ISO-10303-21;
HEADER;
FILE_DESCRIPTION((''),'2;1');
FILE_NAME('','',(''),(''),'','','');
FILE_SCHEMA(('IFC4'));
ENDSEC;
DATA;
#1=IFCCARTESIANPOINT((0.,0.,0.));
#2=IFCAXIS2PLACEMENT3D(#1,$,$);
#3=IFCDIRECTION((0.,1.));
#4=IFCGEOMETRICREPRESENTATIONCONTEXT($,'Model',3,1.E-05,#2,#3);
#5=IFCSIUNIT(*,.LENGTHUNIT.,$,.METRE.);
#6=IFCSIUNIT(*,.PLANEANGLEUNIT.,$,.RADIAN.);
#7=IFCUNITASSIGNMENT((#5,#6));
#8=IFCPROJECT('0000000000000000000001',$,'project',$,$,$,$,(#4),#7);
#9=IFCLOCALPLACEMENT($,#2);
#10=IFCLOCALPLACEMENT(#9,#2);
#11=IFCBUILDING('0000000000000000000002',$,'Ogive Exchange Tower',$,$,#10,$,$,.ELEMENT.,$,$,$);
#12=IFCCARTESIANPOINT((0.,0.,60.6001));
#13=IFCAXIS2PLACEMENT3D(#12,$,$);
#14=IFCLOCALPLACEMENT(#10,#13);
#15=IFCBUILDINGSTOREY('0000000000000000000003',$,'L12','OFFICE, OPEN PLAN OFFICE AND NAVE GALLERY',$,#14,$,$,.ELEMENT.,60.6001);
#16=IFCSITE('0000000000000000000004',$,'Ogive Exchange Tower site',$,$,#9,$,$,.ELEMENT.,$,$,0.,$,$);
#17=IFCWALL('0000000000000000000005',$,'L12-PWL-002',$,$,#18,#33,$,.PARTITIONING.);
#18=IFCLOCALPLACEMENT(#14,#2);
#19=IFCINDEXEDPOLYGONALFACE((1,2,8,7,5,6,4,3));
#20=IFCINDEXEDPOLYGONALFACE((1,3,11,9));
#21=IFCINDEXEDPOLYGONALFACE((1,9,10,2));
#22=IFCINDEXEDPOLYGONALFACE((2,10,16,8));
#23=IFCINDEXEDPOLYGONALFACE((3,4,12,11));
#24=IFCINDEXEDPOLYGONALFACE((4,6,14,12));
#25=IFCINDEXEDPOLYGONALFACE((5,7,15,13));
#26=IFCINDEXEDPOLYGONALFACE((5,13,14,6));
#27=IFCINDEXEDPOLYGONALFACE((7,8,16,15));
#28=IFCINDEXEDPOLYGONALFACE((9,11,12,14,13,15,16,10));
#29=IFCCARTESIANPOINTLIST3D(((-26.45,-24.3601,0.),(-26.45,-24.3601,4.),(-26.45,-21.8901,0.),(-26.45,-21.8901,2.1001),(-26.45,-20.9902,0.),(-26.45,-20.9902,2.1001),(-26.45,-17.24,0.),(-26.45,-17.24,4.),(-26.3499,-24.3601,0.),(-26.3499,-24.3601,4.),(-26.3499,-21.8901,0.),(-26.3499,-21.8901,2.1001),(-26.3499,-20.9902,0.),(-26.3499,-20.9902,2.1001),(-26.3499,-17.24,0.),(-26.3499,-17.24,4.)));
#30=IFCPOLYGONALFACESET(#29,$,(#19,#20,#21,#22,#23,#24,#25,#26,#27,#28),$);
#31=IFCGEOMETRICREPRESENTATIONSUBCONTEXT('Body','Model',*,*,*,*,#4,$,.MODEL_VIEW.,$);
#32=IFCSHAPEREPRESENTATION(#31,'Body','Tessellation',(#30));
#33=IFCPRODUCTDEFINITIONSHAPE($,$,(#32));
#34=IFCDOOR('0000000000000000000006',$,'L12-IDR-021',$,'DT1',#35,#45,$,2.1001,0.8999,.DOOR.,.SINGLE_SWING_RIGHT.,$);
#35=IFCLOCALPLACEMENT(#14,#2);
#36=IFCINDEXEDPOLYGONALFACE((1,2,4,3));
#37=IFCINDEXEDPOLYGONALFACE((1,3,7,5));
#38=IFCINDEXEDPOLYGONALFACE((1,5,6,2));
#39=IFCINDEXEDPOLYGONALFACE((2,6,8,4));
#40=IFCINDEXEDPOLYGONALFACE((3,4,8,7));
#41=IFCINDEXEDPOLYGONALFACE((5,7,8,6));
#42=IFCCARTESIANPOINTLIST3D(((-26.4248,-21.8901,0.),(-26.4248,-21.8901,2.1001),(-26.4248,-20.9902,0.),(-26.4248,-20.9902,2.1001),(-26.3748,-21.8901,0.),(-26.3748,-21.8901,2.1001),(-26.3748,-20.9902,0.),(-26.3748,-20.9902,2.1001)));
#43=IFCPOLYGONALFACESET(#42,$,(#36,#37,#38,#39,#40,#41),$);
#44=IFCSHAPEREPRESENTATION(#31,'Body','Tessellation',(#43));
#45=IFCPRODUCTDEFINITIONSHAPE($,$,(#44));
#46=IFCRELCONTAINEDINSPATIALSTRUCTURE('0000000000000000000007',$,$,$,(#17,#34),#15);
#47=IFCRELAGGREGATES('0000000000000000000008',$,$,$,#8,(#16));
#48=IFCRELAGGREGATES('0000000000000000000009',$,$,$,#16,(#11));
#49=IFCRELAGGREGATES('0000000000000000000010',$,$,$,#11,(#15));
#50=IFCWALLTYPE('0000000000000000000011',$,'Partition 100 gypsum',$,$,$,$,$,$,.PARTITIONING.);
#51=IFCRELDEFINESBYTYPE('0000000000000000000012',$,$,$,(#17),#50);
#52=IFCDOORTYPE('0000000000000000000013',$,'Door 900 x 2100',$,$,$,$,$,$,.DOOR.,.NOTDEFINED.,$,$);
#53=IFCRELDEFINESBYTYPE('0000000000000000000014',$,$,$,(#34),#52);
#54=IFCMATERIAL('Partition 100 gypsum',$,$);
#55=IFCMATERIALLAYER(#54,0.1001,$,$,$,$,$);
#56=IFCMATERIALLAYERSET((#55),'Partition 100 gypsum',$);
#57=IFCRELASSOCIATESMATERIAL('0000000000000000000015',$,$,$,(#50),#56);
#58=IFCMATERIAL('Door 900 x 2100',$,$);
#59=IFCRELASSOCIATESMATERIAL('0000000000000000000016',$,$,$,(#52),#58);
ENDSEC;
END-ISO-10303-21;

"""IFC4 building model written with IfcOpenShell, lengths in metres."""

from ifc_helpers import new_model, si_unit, direction, frame, frame_2d, origin, place, context, subcontext, project, spatial, rectangle, extrude, material, layer, layer_set, type_object, element, fill, save


model = new_model("IFC4")

# Units and contexts
model_context = context("Model", 3, precision=1e-05, world=origin(), true_north=direction((0.0, 1.0)))
body_context = subcontext(model_context, "Body", "Model", "MODEL_VIEW")
ifc_project = project(units=[si_unit("LENGTHUNIT", "METRE"), si_unit("PLANEANGLEUNIT", "RADIAN")], contexts=[model_context])

# Site, building, storey
site_placement = place(None, origin())
site = spatial("IfcSite", under=ifc_project, at=site_placement, Name="Ogive Exchange Tower site", CompositionType="ELEMENT", RefElevation=0.0)
building_placement = place(site_placement, origin())
building = spatial("IfcBuilding", under=site, at=building_placement, Name="Ogive Exchange Tower", CompositionType="ELEMENT")
storey_placement = place(building_placement, frame((0.0, 0.0, 60.6001)))
storey = spatial("IfcBuildingStorey", under=building, at=storey_placement, Name="L12", Description="OFFICE, OPEN PLAN OFFICE AND NAVE GALLERY", CompositionType="ELEMENT", Elevation=60.6001)

# Shared definitions
ifc_material_1 = material(Name="Partition 100 gypsum")
ifc_layer_1 = layer(ifc_material_1, 0.1001)
ifc_layer_set_1 = layer_set([ifc_layer_1], Name="Partition 100 gypsum")
wall_type_1 = type_object("IfcWallType", Name="Partition 100 gypsum", PredefinedType="PARTITIONING", material=ifc_layer_set_1)

# Wall, opening, door
wall_1_placement = place(storey_placement, frame((-26.3999, -24.3601, 0.0), z_axis=(0.0, 0.0, 1.0), x_axis=(0.0, 1.0, 0.0)))
wall_1 = element("IfcWall", 1, at=wall_1_placement, inside=storey, type_object=wall_type_1, Name="L12-PWL-002", PredefinedType="PARTITIONING", context=body_context, shape_type="SweptSolid", body=[
    extrude(rectangle(XDim=7.1201, YDim=0.1001, at=frame_2d((3.5601, 0.0))), origin(), (0.0, 0.0, 1.0), 4.0),
])
opening_1_placement = place(wall_1_placement, frame((2.47, 0.0, 0.0)))
opening_1 = element("IfcOpeningElement", 2, at=opening_1_placement, cuts=wall_1, PredefinedType="OPENING", context=body_context, shape_type="SweptSolid", body=[
    extrude(rectangle(XDim=0.8999, YDim=2.1001, at=frame_2d((0.45, 1.05))), frame((0.0, 0.0601, 0.0), z_axis=(0.0, -1.0, 0.0), x_axis=(1.0, 0.0, 0.0)), (0.0, 0.0, 1.0), 0.1201),
])
ifc_material_2 = material(Name="Door 900 x 2100")
door_type_1 = type_object("IfcDoorType", Name="Door 900 x 2100", OperationType="NOTDEFINED", PredefinedType="DOOR", material=ifc_material_2)
door_1_placement = place(opening_1_placement, origin())
door_1 = element("IfcDoor", 3, at=door_1_placement, inside=storey, type_object=door_type_1, Name="L12-IDR-021", ObjectType="DT1", OperationType="SINGLE_SWING_RIGHT", OverallHeight=2.1001, OverallWidth=0.8999, PredefinedType="DOOR", context=body_context, shape_type="SweptSolid", body=[
    extrude(rectangle(XDim=0.8999, YDim=2.1001, at=frame_2d((0.45, 1.05))), frame((0.0, 0.0249, 0.0), z_axis=(0.0, -1.0, 0.0), x_axis=(1.0, 0.0, 0.0)), (0.0, 0.0, 1.0), 0.05),
])
fill(opening_1, door_1)

save(model, "model.ifc")
